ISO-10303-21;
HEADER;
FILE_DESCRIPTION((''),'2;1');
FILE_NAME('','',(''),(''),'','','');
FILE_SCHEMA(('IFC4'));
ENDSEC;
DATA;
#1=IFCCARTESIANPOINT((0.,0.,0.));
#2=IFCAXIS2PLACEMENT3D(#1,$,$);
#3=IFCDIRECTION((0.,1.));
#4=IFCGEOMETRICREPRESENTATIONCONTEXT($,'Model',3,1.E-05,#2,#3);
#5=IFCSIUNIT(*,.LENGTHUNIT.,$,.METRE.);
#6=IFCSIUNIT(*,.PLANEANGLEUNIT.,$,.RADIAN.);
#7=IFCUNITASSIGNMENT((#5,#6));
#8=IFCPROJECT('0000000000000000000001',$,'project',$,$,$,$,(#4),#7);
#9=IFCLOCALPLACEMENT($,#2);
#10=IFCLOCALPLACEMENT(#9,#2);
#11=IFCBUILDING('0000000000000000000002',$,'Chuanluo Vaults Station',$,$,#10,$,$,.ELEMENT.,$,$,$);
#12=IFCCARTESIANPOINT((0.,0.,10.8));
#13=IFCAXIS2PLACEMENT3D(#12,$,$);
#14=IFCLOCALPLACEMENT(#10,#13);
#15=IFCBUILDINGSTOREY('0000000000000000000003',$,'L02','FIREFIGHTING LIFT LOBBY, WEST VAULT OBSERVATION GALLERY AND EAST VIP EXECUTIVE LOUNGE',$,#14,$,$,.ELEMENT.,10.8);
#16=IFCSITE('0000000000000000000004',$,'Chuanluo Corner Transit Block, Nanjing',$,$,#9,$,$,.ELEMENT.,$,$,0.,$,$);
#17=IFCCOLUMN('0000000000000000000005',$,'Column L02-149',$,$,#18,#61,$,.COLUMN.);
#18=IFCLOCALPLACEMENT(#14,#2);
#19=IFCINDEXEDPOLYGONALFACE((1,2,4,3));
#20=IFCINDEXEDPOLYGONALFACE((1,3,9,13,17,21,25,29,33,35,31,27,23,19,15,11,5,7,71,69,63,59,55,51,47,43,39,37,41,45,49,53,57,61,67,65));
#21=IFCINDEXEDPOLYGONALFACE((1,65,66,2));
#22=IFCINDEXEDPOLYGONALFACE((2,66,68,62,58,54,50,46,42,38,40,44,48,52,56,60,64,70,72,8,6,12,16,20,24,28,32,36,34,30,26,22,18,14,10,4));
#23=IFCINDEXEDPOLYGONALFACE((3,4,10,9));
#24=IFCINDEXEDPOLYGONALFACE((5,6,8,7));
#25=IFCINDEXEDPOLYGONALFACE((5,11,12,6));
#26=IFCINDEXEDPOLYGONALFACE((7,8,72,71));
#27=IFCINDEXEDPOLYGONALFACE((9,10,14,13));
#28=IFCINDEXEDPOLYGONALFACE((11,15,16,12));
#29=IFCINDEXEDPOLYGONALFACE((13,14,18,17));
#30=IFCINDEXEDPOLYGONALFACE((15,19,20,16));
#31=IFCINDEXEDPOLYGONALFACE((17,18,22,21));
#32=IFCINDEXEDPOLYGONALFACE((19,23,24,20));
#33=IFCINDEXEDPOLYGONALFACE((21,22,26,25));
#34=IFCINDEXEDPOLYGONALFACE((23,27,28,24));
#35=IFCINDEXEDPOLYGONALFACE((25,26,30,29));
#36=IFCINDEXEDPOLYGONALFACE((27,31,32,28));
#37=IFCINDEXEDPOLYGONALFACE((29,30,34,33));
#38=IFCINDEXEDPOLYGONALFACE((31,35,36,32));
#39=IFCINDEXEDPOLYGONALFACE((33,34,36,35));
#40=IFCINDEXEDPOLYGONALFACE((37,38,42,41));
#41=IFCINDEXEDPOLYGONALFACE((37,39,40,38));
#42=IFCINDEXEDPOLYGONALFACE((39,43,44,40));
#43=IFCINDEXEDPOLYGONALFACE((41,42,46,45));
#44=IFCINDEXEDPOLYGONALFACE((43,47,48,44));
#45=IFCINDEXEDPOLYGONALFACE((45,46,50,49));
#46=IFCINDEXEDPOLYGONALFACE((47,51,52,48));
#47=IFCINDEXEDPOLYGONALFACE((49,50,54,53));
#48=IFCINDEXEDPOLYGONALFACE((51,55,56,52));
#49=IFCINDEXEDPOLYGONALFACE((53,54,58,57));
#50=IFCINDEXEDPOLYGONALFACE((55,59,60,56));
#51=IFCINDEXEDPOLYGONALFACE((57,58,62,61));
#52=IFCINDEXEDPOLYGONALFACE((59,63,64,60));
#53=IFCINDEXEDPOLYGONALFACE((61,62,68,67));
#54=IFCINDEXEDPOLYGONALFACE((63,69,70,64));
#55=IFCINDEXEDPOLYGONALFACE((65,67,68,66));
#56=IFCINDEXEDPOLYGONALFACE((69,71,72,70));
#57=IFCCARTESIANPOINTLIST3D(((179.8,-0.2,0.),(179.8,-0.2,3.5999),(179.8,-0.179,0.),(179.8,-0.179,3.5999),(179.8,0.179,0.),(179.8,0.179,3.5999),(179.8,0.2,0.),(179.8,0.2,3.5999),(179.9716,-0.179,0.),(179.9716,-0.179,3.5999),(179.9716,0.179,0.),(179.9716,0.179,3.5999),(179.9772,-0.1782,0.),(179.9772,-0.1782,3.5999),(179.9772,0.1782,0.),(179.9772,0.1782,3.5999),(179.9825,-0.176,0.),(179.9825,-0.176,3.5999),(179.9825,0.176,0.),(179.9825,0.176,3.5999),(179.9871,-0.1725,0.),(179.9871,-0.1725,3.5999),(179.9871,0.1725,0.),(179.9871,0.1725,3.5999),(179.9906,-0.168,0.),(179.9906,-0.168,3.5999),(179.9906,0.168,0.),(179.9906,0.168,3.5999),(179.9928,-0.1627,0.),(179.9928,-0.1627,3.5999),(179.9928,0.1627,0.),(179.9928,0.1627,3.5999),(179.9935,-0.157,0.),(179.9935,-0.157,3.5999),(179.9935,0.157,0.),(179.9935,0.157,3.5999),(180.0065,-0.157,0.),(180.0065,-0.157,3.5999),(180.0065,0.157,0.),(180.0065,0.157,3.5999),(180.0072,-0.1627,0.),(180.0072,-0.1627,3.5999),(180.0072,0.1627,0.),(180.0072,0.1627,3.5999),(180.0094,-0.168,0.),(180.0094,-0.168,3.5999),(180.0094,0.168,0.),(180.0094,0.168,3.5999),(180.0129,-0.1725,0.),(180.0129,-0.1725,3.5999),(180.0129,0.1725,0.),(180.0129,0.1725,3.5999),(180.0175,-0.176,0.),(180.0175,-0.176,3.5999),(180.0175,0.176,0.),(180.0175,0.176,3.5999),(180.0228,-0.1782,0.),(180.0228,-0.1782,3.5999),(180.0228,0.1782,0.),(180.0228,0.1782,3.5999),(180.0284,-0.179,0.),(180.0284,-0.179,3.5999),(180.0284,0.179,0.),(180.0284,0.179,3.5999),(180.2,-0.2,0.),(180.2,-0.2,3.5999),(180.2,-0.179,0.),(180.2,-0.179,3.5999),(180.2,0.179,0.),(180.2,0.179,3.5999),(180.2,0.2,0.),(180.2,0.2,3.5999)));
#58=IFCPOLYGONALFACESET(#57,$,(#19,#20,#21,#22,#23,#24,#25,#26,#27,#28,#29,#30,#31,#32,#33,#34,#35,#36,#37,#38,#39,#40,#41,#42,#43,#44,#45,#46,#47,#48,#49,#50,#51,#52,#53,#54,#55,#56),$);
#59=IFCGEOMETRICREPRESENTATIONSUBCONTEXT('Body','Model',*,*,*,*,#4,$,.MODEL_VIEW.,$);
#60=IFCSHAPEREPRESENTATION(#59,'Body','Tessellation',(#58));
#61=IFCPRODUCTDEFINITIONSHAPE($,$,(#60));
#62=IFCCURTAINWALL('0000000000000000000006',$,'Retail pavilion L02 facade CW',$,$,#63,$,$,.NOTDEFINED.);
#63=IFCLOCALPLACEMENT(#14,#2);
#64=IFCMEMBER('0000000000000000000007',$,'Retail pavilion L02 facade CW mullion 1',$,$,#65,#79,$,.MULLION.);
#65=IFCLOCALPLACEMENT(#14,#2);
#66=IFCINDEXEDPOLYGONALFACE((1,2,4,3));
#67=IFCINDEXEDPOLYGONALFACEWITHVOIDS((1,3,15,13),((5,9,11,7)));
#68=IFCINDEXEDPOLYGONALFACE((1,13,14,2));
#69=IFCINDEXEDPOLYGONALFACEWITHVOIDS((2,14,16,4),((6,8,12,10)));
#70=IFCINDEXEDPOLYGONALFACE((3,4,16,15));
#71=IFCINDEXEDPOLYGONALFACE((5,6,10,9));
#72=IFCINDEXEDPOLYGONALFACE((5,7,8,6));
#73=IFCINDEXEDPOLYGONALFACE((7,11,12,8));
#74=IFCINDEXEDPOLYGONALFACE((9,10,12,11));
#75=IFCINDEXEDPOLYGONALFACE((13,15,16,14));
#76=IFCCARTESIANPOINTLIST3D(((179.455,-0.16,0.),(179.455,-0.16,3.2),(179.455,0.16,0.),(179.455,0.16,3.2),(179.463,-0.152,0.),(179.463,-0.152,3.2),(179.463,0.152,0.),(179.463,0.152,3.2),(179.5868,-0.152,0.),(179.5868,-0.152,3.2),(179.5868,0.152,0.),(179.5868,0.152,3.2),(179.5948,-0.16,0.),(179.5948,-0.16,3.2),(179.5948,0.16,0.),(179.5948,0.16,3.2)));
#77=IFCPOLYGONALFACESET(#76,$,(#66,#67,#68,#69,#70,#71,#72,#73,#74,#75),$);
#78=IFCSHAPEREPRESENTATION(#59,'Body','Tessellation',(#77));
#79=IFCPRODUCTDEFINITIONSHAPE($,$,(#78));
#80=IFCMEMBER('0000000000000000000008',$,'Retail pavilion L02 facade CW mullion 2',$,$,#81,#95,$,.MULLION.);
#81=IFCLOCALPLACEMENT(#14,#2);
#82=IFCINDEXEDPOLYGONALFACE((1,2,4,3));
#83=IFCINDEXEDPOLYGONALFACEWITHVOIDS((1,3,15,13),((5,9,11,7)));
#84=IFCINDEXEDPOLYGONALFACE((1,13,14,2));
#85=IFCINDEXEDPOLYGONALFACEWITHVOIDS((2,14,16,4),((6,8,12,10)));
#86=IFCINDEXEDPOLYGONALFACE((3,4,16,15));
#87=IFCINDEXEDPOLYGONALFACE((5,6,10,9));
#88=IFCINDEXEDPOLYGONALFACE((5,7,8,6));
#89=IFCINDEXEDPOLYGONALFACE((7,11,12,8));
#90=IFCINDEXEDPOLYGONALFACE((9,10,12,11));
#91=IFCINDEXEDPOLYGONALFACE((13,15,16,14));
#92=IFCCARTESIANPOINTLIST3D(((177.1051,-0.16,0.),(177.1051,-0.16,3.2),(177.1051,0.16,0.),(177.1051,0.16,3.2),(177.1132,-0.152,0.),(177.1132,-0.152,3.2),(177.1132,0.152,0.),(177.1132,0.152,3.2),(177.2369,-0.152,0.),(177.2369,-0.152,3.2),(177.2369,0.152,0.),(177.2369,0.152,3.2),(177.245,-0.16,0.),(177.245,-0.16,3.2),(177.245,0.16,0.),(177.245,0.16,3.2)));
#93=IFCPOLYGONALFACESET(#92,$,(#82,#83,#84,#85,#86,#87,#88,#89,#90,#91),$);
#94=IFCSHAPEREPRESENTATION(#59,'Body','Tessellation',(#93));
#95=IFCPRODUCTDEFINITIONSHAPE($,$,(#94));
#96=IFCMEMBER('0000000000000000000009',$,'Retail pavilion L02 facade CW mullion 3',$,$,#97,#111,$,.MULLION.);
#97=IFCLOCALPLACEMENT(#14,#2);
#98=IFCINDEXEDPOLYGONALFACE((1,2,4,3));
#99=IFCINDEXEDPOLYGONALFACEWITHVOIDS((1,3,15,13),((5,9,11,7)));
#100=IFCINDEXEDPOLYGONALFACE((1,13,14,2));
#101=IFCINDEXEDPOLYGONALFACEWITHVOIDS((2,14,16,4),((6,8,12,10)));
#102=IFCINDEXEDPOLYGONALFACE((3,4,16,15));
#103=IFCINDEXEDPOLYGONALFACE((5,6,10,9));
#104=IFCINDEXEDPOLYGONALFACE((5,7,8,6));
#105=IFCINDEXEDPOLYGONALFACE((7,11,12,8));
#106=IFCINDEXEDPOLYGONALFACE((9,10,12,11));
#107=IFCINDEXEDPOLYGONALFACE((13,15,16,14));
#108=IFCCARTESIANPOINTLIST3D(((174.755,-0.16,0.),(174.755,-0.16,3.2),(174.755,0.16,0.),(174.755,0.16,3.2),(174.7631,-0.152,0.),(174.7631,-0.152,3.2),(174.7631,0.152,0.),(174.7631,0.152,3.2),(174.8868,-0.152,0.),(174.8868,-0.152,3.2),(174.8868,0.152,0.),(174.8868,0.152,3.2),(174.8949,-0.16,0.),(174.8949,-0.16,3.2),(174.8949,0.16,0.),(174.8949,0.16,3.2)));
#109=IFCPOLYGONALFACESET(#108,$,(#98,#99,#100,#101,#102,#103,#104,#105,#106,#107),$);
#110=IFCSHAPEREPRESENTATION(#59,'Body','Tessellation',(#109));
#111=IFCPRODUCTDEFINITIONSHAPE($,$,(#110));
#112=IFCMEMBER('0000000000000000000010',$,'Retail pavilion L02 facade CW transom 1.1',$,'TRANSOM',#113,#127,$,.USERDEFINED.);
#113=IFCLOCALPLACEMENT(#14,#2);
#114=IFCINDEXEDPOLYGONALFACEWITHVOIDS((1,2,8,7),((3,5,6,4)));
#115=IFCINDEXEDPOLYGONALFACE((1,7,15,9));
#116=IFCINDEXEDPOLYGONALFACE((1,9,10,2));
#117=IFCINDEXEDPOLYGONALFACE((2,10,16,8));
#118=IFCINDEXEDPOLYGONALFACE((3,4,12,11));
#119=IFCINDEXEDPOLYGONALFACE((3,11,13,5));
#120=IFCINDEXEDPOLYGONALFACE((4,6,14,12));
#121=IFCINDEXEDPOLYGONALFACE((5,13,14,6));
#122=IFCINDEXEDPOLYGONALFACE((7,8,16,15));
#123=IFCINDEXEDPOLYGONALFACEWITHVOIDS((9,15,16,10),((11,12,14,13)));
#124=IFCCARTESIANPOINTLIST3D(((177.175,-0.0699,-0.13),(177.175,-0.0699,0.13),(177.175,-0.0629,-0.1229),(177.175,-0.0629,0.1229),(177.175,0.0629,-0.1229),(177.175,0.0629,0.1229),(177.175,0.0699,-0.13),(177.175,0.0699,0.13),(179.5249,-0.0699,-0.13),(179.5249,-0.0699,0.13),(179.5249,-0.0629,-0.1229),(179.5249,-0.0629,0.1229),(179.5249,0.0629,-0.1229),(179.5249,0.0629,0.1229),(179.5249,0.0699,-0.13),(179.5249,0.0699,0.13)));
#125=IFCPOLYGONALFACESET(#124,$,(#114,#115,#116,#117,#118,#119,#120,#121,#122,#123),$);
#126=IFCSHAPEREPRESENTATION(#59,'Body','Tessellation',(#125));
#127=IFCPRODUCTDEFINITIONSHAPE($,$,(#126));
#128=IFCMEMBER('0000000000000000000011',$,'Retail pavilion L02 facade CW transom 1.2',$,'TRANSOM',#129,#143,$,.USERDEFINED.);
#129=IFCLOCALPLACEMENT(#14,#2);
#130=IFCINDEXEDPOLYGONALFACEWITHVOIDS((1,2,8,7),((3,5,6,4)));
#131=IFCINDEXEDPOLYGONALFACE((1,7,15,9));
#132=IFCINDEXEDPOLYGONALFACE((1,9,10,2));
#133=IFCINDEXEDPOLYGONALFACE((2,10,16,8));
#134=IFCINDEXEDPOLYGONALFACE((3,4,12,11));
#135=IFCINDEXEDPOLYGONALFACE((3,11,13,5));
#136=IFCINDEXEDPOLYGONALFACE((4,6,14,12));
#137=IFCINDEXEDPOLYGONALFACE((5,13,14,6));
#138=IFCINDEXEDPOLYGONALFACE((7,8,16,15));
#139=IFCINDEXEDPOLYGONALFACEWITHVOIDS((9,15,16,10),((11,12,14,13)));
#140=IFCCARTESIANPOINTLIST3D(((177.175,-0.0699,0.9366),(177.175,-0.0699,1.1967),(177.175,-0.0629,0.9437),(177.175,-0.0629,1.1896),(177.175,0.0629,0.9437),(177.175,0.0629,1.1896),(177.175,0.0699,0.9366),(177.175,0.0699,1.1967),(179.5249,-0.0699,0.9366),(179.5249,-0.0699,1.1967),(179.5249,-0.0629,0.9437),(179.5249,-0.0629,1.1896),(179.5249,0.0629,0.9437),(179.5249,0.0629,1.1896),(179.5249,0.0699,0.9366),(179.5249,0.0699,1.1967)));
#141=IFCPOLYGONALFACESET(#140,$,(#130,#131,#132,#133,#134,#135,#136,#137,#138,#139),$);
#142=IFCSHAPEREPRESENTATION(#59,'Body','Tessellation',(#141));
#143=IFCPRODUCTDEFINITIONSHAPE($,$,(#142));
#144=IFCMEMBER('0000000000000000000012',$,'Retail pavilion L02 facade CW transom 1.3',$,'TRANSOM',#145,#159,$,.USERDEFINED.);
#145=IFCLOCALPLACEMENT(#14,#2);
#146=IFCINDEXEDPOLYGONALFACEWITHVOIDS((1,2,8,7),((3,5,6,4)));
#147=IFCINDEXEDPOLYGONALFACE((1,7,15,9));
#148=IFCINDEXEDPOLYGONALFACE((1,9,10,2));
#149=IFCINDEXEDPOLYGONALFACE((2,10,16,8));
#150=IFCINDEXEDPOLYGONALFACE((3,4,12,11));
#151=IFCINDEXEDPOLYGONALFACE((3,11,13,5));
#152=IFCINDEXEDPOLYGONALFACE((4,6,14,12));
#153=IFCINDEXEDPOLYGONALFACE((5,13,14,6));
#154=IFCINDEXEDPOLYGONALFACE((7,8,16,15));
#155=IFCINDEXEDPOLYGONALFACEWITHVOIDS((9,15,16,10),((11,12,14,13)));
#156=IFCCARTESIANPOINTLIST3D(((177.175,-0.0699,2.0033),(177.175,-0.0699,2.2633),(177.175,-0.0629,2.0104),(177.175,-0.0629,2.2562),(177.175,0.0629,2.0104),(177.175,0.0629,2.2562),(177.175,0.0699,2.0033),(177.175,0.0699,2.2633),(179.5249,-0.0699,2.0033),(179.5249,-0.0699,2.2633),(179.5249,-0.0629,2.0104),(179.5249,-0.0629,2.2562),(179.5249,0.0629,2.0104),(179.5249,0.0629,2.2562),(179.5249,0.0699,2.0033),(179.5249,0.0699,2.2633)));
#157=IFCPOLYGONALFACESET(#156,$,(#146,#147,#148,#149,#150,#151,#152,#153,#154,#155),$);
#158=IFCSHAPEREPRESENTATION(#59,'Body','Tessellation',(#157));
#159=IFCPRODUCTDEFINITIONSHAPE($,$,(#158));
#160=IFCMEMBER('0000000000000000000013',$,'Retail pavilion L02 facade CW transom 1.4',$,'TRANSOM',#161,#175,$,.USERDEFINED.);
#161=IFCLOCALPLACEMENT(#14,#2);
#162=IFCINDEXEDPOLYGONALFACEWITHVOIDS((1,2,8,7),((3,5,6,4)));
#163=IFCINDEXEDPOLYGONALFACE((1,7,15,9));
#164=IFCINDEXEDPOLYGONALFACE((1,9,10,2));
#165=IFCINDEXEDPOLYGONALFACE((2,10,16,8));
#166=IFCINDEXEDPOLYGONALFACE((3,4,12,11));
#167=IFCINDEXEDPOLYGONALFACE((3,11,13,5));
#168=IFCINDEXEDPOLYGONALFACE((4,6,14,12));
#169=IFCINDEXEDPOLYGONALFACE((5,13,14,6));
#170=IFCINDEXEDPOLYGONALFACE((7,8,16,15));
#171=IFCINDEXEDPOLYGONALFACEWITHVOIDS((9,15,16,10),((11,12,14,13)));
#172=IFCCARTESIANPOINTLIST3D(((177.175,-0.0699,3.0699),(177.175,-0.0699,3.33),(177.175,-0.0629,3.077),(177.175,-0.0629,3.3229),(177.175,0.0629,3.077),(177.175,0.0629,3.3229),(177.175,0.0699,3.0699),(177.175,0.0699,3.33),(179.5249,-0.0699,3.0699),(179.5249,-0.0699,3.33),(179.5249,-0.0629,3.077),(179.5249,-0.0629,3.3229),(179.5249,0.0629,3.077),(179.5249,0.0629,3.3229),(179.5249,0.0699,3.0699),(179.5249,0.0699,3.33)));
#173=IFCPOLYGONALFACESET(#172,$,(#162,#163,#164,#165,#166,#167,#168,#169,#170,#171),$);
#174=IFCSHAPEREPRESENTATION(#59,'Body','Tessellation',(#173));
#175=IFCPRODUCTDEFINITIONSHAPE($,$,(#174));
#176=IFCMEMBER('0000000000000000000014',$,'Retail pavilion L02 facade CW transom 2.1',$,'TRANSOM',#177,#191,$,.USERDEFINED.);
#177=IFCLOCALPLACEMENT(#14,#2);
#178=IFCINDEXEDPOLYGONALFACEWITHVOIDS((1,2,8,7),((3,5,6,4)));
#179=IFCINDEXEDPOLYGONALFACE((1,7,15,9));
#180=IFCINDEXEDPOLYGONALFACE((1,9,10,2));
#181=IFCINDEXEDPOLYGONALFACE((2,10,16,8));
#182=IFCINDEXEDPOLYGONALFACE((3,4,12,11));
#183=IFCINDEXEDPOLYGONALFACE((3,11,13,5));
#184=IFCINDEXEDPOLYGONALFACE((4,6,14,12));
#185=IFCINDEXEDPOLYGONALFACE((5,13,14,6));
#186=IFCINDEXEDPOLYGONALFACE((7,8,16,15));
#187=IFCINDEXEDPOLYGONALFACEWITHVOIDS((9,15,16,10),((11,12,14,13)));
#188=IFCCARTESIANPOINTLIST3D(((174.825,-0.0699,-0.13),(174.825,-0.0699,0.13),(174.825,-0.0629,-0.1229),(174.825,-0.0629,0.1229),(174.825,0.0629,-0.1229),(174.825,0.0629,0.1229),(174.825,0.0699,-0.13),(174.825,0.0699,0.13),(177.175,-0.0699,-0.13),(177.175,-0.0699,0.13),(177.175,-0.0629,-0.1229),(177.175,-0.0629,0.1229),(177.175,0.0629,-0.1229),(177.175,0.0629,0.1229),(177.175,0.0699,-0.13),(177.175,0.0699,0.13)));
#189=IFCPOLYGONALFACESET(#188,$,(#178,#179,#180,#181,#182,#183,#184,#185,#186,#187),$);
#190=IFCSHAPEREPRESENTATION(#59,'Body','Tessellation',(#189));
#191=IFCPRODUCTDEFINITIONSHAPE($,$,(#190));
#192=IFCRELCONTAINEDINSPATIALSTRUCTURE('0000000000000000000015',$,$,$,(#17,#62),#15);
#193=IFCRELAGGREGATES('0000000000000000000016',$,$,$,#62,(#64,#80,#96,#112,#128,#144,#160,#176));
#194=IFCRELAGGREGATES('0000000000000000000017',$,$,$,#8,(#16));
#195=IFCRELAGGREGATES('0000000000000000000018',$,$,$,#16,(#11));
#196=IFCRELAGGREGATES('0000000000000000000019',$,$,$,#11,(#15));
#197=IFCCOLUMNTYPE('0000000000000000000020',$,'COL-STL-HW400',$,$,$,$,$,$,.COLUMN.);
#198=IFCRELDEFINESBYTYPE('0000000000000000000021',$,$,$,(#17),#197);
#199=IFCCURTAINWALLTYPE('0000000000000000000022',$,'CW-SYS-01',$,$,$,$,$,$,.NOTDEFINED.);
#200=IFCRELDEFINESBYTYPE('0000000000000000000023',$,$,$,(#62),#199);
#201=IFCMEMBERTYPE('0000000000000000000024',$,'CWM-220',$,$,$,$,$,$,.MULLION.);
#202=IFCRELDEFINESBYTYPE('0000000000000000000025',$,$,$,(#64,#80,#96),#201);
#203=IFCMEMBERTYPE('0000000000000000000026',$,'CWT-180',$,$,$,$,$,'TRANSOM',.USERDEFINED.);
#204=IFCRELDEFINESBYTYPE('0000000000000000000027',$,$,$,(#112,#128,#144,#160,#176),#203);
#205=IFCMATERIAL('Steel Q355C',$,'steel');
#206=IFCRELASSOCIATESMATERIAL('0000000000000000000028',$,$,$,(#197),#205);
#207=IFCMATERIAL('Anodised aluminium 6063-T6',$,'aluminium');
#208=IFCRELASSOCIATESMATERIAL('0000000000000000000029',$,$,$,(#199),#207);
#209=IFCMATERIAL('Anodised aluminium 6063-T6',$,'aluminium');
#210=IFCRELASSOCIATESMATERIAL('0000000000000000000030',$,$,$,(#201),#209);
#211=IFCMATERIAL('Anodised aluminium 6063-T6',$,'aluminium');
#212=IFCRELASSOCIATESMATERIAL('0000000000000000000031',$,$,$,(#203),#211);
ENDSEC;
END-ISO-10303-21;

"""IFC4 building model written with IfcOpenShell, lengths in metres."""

from ifc_helpers import new_model, si_unit, direction, frame, origin, origin_2d, place, context, subcontext, project, spatial, hollow_rectangle, i_section, extrude, material, material_profile, profile_set, type_object, element, aggregate, save


model = new_model("IFC4")

# Units and contexts
model_context = context("Model", 3, precision=1e-05, world=origin(), true_north=direction((0.0, 1.0)))
body_context = subcontext(model_context, "Body", "Model", "MODEL_VIEW")
ifc_project = project(units=[si_unit("LENGTHUNIT", "METRE"), si_unit("PLANEANGLEUNIT", "RADIAN")], contexts=[model_context])

# Site, building, storey
site_placement = place(None, origin())
site = spatial("IfcSite", under=ifc_project, at=site_placement, Name="Chuanluo Corner Transit Block, Nanjing", CompositionType="ELEMENT", RefElevation=0.0)
building_placement = place(site_placement, origin())
building = spatial("IfcBuilding", under=site, at=building_placement, Name="Chuanluo Vaults Station", CompositionType="ELEMENT")
storey_placement = place(building_placement, frame((0.0, 0.0, 10.8)))
storey = spatial("IfcBuildingStorey", under=building, at=storey_placement, Name="L02", Description="FIREFIGHTING LIFT LOBBY, WEST VAULT OBSERVATION GALLERY AND EAST VIP EXECUTIVE LOUNGE", CompositionType="ELEMENT", Elevation=10.8)

# Column
ifc_material_1 = material(Name="Steel Q355C", Category="steel")
ifc_material_profile_1 = material_profile(ifc_material_1, i_section(OverallWidth=0.3999, OverallDepth=0.3999, WebThickness=0.0129, FlangeThickness=0.021, FilletRadius=0.022, at=origin_2d()))
ifc_profile_set_1 = profile_set([ifc_material_profile_1], Name="Steel Q355C")
column_type = type_object("IfcColumnType", Name="COL-STL-HW400", PredefinedType="COLUMN", material=ifc_profile_set_1)
column_placement = place(storey_placement, frame((180.0, 0.0, 0.0), z_axis=(0.0, 0.0, 1.0), x_axis=(1.0, 0.0, 0.0)))
element("IfcColumn", 1, at=column_placement, inside=storey, type_object=column_type, Name="Column L02-149", PredefinedType="COLUMN", context=body_context, shape_type="SweptSolid", body=[
    extrude(i_section(OverallWidth=0.3999, OverallDepth=0.3999, WebThickness=0.0129, FlangeThickness=0.021, FilletRadius=0.022, at=origin_2d()), origin(), (0.0, 0.0, 1.0), 3.5999),
])

# Curtain wall, members
ifc_material_2 = material(Name="Anodised aluminium 6063-T6", Category="aluminium")
curtain_wall_type = type_object("IfcCurtainWallType", Name="CW-SYS-01", PredefinedType="NOTDEFINED", material=ifc_material_2)
curtain_wall_placement = place(storey_placement, origin())
curtain_wall = element("IfcCurtainWall", 2, at=curtain_wall_placement, inside=storey, type_object=curtain_wall_type, Name="Retail pavilion L02 facade CW", PredefinedType="NOTDEFINED")
ifc_material_3 = material(Name="Anodised aluminium 6063-T6", Category="aluminium")
ifc_material_profile_2 = material_profile(ifc_material_3, hollow_rectangle(XDim=0.1399, YDim=0.3201, WallThickness=0.0081, at=origin_2d()))
ifc_profile_set_2 = profile_set([ifc_material_profile_2], Name="Anodised aluminium 6063-T6")
member_type_1 = type_object("IfcMemberType", Name="CWM-220", PredefinedType="MULLION", material=ifc_profile_set_2)
member_1_placement = place(storey_placement, frame((179.5249, 0.0, 0.0), z_axis=(0.0, 0.0, 1.0), x_axis=(-1.0, 0.0, 0.0)))
member_1 = element("IfcMember", 3, at=member_1_placement, type_object=member_type_1, Name="Retail pavilion L02 facade CW mullion 1", PredefinedType="MULLION", context=body_context, shape_type="SweptSolid", body=[
    extrude(hollow_rectangle(XDim=0.1399, YDim=0.3201, WallThickness=0.0081, at=origin_2d()), origin(), (0.0, 0.0, 1.0), 3.2),
])
member_2_placement = place(storey_placement, frame((177.175, 0.0, 0.0), z_axis=(0.0, 0.0, 1.0), x_axis=(-1.0, 0.0, 0.0)))
member_2 = element("IfcMember", 4, at=member_2_placement, type_object=member_type_1, Name="Retail pavilion L02 facade CW mullion 2", PredefinedType="MULLION", context=body_context, shape_type="SweptSolid", body=[
    extrude(hollow_rectangle(XDim=0.1399, YDim=0.3201, WallThickness=0.0081, at=origin_2d()), origin(), (0.0, 0.0, 1.0), 3.2),
])
member_3_placement = place(storey_placement, frame((174.825, 0.0, 0.0), z_axis=(0.0, 0.0, 1.0), x_axis=(-1.0, 0.0, 0.0)))
member_3 = element("IfcMember", 5, at=member_3_placement, type_object=member_type_1, Name="Retail pavilion L02 facade CW mullion 3", PredefinedType="MULLION", context=body_context, shape_type="SweptSolid", body=[
    extrude(hollow_rectangle(XDim=0.1399, YDim=0.3201, WallThickness=0.0081, at=origin_2d()), origin(), (0.0, 0.0, 1.0), 3.2),
])
ifc_material_4 = material(Name="Anodised aluminium 6063-T6", Category="aluminium")
ifc_material_profile_3 = material_profile(ifc_material_4, hollow_rectangle(XDim=0.1399, YDim=0.26, WallThickness=0.0071, at=origin_2d()))
ifc_profile_set_3 = profile_set([ifc_material_profile_3], Name="Anodised aluminium 6063-T6")
member_type_2 = type_object("IfcMemberType", Name="CWT-180", ElementType="TRANSOM", PredefinedType="USERDEFINED", material=ifc_profile_set_3)
member_4_placement = place(storey_placement, frame((179.5249, 0.0, 0.0), z_axis=(-1.0, 0.0, 0.0), x_axis=(0.0, -1.0, 0.0)))
member_4 = element("IfcMember", 6, at=member_4_placement, type_object=member_type_2, Name="Retail pavilion L02 facade CW transom 1.1", ObjectType="TRANSOM", PredefinedType="USERDEFINED", context=body_context, shape_type="SweptSolid", body=[
    extrude(hollow_rectangle(XDim=0.1399, YDim=0.26, WallThickness=0.0071, at=origin_2d()), origin(), (0.0, 0.0, 1.0), 2.3499),
])
member_5_placement = place(storey_placement, frame((179.5249, 0.0, 1.0667), z_axis=(-1.0, 0.0, 0.0), x_axis=(0.0, -1.0, 0.0)))
member_5 = element("IfcMember", 7, at=member_5_placement, type_object=member_type_2, Name="Retail pavilion L02 facade CW transom 1.2", ObjectType="TRANSOM", PredefinedType="USERDEFINED", context=body_context, shape_type="SweptSolid", body=[
    extrude(hollow_rectangle(XDim=0.1399, YDim=0.26, WallThickness=0.0071, at=origin_2d()), origin(), (0.0, 0.0, 1.0), 2.3499),
])
member_6_placement = place(storey_placement, frame((179.5249, 0.0, 2.1333), z_axis=(-1.0, 0.0, 0.0), x_axis=(0.0, -1.0, 0.0)))
member_6 = element("IfcMember", 8, at=member_6_placement, type_object=member_type_2, Name="Retail pavilion L02 facade CW transom 1.3", ObjectType="TRANSOM", PredefinedType="USERDEFINED", context=body_context, shape_type="SweptSolid", body=[
    extrude(hollow_rectangle(XDim=0.1399, YDim=0.26, WallThickness=0.0071, at=origin_2d()), origin(), (0.0, 0.0, 1.0), 2.3499),
])
member_7_placement = place(storey_placement, frame((179.5249, 0.0, 3.2), z_axis=(-1.0, 0.0, 0.0), x_axis=(0.0, -1.0, 0.0)))
member_7 = element("IfcMember", 9, at=member_7_placement, type_object=member_type_2, Name="Retail pavilion L02 facade CW transom 1.4", ObjectType="TRANSOM", PredefinedType="USERDEFINED", context=body_context, shape_type="SweptSolid", body=[
    extrude(hollow_rectangle(XDim=0.1399, YDim=0.26, WallThickness=0.0071, at=origin_2d()), origin(), (0.0, 0.0, 1.0), 2.3499),
])
member_8_placement = place(storey_placement, frame((177.175, 0.0, 0.0), z_axis=(-1.0, 0.0, 0.0), x_axis=(0.0, -1.0, 0.0)))
member_8 = element("IfcMember", 10, at=member_8_placement, type_object=member_type_2, Name="Retail pavilion L02 facade CW transom 2.1", ObjectType="TRANSOM", PredefinedType="USERDEFINED", context=body_context, shape_type="SweptSolid", body=[
    extrude(hollow_rectangle(XDim=0.1399, YDim=0.26, WallThickness=0.0071, at=origin_2d()), origin(), (0.0, 0.0, 1.0), 2.3501),
])
aggregate(curtain_wall, [member_1, member_2, member_3, member_4, member_5, member_6, member_7, member_8])

save(model, "model.ifc")
